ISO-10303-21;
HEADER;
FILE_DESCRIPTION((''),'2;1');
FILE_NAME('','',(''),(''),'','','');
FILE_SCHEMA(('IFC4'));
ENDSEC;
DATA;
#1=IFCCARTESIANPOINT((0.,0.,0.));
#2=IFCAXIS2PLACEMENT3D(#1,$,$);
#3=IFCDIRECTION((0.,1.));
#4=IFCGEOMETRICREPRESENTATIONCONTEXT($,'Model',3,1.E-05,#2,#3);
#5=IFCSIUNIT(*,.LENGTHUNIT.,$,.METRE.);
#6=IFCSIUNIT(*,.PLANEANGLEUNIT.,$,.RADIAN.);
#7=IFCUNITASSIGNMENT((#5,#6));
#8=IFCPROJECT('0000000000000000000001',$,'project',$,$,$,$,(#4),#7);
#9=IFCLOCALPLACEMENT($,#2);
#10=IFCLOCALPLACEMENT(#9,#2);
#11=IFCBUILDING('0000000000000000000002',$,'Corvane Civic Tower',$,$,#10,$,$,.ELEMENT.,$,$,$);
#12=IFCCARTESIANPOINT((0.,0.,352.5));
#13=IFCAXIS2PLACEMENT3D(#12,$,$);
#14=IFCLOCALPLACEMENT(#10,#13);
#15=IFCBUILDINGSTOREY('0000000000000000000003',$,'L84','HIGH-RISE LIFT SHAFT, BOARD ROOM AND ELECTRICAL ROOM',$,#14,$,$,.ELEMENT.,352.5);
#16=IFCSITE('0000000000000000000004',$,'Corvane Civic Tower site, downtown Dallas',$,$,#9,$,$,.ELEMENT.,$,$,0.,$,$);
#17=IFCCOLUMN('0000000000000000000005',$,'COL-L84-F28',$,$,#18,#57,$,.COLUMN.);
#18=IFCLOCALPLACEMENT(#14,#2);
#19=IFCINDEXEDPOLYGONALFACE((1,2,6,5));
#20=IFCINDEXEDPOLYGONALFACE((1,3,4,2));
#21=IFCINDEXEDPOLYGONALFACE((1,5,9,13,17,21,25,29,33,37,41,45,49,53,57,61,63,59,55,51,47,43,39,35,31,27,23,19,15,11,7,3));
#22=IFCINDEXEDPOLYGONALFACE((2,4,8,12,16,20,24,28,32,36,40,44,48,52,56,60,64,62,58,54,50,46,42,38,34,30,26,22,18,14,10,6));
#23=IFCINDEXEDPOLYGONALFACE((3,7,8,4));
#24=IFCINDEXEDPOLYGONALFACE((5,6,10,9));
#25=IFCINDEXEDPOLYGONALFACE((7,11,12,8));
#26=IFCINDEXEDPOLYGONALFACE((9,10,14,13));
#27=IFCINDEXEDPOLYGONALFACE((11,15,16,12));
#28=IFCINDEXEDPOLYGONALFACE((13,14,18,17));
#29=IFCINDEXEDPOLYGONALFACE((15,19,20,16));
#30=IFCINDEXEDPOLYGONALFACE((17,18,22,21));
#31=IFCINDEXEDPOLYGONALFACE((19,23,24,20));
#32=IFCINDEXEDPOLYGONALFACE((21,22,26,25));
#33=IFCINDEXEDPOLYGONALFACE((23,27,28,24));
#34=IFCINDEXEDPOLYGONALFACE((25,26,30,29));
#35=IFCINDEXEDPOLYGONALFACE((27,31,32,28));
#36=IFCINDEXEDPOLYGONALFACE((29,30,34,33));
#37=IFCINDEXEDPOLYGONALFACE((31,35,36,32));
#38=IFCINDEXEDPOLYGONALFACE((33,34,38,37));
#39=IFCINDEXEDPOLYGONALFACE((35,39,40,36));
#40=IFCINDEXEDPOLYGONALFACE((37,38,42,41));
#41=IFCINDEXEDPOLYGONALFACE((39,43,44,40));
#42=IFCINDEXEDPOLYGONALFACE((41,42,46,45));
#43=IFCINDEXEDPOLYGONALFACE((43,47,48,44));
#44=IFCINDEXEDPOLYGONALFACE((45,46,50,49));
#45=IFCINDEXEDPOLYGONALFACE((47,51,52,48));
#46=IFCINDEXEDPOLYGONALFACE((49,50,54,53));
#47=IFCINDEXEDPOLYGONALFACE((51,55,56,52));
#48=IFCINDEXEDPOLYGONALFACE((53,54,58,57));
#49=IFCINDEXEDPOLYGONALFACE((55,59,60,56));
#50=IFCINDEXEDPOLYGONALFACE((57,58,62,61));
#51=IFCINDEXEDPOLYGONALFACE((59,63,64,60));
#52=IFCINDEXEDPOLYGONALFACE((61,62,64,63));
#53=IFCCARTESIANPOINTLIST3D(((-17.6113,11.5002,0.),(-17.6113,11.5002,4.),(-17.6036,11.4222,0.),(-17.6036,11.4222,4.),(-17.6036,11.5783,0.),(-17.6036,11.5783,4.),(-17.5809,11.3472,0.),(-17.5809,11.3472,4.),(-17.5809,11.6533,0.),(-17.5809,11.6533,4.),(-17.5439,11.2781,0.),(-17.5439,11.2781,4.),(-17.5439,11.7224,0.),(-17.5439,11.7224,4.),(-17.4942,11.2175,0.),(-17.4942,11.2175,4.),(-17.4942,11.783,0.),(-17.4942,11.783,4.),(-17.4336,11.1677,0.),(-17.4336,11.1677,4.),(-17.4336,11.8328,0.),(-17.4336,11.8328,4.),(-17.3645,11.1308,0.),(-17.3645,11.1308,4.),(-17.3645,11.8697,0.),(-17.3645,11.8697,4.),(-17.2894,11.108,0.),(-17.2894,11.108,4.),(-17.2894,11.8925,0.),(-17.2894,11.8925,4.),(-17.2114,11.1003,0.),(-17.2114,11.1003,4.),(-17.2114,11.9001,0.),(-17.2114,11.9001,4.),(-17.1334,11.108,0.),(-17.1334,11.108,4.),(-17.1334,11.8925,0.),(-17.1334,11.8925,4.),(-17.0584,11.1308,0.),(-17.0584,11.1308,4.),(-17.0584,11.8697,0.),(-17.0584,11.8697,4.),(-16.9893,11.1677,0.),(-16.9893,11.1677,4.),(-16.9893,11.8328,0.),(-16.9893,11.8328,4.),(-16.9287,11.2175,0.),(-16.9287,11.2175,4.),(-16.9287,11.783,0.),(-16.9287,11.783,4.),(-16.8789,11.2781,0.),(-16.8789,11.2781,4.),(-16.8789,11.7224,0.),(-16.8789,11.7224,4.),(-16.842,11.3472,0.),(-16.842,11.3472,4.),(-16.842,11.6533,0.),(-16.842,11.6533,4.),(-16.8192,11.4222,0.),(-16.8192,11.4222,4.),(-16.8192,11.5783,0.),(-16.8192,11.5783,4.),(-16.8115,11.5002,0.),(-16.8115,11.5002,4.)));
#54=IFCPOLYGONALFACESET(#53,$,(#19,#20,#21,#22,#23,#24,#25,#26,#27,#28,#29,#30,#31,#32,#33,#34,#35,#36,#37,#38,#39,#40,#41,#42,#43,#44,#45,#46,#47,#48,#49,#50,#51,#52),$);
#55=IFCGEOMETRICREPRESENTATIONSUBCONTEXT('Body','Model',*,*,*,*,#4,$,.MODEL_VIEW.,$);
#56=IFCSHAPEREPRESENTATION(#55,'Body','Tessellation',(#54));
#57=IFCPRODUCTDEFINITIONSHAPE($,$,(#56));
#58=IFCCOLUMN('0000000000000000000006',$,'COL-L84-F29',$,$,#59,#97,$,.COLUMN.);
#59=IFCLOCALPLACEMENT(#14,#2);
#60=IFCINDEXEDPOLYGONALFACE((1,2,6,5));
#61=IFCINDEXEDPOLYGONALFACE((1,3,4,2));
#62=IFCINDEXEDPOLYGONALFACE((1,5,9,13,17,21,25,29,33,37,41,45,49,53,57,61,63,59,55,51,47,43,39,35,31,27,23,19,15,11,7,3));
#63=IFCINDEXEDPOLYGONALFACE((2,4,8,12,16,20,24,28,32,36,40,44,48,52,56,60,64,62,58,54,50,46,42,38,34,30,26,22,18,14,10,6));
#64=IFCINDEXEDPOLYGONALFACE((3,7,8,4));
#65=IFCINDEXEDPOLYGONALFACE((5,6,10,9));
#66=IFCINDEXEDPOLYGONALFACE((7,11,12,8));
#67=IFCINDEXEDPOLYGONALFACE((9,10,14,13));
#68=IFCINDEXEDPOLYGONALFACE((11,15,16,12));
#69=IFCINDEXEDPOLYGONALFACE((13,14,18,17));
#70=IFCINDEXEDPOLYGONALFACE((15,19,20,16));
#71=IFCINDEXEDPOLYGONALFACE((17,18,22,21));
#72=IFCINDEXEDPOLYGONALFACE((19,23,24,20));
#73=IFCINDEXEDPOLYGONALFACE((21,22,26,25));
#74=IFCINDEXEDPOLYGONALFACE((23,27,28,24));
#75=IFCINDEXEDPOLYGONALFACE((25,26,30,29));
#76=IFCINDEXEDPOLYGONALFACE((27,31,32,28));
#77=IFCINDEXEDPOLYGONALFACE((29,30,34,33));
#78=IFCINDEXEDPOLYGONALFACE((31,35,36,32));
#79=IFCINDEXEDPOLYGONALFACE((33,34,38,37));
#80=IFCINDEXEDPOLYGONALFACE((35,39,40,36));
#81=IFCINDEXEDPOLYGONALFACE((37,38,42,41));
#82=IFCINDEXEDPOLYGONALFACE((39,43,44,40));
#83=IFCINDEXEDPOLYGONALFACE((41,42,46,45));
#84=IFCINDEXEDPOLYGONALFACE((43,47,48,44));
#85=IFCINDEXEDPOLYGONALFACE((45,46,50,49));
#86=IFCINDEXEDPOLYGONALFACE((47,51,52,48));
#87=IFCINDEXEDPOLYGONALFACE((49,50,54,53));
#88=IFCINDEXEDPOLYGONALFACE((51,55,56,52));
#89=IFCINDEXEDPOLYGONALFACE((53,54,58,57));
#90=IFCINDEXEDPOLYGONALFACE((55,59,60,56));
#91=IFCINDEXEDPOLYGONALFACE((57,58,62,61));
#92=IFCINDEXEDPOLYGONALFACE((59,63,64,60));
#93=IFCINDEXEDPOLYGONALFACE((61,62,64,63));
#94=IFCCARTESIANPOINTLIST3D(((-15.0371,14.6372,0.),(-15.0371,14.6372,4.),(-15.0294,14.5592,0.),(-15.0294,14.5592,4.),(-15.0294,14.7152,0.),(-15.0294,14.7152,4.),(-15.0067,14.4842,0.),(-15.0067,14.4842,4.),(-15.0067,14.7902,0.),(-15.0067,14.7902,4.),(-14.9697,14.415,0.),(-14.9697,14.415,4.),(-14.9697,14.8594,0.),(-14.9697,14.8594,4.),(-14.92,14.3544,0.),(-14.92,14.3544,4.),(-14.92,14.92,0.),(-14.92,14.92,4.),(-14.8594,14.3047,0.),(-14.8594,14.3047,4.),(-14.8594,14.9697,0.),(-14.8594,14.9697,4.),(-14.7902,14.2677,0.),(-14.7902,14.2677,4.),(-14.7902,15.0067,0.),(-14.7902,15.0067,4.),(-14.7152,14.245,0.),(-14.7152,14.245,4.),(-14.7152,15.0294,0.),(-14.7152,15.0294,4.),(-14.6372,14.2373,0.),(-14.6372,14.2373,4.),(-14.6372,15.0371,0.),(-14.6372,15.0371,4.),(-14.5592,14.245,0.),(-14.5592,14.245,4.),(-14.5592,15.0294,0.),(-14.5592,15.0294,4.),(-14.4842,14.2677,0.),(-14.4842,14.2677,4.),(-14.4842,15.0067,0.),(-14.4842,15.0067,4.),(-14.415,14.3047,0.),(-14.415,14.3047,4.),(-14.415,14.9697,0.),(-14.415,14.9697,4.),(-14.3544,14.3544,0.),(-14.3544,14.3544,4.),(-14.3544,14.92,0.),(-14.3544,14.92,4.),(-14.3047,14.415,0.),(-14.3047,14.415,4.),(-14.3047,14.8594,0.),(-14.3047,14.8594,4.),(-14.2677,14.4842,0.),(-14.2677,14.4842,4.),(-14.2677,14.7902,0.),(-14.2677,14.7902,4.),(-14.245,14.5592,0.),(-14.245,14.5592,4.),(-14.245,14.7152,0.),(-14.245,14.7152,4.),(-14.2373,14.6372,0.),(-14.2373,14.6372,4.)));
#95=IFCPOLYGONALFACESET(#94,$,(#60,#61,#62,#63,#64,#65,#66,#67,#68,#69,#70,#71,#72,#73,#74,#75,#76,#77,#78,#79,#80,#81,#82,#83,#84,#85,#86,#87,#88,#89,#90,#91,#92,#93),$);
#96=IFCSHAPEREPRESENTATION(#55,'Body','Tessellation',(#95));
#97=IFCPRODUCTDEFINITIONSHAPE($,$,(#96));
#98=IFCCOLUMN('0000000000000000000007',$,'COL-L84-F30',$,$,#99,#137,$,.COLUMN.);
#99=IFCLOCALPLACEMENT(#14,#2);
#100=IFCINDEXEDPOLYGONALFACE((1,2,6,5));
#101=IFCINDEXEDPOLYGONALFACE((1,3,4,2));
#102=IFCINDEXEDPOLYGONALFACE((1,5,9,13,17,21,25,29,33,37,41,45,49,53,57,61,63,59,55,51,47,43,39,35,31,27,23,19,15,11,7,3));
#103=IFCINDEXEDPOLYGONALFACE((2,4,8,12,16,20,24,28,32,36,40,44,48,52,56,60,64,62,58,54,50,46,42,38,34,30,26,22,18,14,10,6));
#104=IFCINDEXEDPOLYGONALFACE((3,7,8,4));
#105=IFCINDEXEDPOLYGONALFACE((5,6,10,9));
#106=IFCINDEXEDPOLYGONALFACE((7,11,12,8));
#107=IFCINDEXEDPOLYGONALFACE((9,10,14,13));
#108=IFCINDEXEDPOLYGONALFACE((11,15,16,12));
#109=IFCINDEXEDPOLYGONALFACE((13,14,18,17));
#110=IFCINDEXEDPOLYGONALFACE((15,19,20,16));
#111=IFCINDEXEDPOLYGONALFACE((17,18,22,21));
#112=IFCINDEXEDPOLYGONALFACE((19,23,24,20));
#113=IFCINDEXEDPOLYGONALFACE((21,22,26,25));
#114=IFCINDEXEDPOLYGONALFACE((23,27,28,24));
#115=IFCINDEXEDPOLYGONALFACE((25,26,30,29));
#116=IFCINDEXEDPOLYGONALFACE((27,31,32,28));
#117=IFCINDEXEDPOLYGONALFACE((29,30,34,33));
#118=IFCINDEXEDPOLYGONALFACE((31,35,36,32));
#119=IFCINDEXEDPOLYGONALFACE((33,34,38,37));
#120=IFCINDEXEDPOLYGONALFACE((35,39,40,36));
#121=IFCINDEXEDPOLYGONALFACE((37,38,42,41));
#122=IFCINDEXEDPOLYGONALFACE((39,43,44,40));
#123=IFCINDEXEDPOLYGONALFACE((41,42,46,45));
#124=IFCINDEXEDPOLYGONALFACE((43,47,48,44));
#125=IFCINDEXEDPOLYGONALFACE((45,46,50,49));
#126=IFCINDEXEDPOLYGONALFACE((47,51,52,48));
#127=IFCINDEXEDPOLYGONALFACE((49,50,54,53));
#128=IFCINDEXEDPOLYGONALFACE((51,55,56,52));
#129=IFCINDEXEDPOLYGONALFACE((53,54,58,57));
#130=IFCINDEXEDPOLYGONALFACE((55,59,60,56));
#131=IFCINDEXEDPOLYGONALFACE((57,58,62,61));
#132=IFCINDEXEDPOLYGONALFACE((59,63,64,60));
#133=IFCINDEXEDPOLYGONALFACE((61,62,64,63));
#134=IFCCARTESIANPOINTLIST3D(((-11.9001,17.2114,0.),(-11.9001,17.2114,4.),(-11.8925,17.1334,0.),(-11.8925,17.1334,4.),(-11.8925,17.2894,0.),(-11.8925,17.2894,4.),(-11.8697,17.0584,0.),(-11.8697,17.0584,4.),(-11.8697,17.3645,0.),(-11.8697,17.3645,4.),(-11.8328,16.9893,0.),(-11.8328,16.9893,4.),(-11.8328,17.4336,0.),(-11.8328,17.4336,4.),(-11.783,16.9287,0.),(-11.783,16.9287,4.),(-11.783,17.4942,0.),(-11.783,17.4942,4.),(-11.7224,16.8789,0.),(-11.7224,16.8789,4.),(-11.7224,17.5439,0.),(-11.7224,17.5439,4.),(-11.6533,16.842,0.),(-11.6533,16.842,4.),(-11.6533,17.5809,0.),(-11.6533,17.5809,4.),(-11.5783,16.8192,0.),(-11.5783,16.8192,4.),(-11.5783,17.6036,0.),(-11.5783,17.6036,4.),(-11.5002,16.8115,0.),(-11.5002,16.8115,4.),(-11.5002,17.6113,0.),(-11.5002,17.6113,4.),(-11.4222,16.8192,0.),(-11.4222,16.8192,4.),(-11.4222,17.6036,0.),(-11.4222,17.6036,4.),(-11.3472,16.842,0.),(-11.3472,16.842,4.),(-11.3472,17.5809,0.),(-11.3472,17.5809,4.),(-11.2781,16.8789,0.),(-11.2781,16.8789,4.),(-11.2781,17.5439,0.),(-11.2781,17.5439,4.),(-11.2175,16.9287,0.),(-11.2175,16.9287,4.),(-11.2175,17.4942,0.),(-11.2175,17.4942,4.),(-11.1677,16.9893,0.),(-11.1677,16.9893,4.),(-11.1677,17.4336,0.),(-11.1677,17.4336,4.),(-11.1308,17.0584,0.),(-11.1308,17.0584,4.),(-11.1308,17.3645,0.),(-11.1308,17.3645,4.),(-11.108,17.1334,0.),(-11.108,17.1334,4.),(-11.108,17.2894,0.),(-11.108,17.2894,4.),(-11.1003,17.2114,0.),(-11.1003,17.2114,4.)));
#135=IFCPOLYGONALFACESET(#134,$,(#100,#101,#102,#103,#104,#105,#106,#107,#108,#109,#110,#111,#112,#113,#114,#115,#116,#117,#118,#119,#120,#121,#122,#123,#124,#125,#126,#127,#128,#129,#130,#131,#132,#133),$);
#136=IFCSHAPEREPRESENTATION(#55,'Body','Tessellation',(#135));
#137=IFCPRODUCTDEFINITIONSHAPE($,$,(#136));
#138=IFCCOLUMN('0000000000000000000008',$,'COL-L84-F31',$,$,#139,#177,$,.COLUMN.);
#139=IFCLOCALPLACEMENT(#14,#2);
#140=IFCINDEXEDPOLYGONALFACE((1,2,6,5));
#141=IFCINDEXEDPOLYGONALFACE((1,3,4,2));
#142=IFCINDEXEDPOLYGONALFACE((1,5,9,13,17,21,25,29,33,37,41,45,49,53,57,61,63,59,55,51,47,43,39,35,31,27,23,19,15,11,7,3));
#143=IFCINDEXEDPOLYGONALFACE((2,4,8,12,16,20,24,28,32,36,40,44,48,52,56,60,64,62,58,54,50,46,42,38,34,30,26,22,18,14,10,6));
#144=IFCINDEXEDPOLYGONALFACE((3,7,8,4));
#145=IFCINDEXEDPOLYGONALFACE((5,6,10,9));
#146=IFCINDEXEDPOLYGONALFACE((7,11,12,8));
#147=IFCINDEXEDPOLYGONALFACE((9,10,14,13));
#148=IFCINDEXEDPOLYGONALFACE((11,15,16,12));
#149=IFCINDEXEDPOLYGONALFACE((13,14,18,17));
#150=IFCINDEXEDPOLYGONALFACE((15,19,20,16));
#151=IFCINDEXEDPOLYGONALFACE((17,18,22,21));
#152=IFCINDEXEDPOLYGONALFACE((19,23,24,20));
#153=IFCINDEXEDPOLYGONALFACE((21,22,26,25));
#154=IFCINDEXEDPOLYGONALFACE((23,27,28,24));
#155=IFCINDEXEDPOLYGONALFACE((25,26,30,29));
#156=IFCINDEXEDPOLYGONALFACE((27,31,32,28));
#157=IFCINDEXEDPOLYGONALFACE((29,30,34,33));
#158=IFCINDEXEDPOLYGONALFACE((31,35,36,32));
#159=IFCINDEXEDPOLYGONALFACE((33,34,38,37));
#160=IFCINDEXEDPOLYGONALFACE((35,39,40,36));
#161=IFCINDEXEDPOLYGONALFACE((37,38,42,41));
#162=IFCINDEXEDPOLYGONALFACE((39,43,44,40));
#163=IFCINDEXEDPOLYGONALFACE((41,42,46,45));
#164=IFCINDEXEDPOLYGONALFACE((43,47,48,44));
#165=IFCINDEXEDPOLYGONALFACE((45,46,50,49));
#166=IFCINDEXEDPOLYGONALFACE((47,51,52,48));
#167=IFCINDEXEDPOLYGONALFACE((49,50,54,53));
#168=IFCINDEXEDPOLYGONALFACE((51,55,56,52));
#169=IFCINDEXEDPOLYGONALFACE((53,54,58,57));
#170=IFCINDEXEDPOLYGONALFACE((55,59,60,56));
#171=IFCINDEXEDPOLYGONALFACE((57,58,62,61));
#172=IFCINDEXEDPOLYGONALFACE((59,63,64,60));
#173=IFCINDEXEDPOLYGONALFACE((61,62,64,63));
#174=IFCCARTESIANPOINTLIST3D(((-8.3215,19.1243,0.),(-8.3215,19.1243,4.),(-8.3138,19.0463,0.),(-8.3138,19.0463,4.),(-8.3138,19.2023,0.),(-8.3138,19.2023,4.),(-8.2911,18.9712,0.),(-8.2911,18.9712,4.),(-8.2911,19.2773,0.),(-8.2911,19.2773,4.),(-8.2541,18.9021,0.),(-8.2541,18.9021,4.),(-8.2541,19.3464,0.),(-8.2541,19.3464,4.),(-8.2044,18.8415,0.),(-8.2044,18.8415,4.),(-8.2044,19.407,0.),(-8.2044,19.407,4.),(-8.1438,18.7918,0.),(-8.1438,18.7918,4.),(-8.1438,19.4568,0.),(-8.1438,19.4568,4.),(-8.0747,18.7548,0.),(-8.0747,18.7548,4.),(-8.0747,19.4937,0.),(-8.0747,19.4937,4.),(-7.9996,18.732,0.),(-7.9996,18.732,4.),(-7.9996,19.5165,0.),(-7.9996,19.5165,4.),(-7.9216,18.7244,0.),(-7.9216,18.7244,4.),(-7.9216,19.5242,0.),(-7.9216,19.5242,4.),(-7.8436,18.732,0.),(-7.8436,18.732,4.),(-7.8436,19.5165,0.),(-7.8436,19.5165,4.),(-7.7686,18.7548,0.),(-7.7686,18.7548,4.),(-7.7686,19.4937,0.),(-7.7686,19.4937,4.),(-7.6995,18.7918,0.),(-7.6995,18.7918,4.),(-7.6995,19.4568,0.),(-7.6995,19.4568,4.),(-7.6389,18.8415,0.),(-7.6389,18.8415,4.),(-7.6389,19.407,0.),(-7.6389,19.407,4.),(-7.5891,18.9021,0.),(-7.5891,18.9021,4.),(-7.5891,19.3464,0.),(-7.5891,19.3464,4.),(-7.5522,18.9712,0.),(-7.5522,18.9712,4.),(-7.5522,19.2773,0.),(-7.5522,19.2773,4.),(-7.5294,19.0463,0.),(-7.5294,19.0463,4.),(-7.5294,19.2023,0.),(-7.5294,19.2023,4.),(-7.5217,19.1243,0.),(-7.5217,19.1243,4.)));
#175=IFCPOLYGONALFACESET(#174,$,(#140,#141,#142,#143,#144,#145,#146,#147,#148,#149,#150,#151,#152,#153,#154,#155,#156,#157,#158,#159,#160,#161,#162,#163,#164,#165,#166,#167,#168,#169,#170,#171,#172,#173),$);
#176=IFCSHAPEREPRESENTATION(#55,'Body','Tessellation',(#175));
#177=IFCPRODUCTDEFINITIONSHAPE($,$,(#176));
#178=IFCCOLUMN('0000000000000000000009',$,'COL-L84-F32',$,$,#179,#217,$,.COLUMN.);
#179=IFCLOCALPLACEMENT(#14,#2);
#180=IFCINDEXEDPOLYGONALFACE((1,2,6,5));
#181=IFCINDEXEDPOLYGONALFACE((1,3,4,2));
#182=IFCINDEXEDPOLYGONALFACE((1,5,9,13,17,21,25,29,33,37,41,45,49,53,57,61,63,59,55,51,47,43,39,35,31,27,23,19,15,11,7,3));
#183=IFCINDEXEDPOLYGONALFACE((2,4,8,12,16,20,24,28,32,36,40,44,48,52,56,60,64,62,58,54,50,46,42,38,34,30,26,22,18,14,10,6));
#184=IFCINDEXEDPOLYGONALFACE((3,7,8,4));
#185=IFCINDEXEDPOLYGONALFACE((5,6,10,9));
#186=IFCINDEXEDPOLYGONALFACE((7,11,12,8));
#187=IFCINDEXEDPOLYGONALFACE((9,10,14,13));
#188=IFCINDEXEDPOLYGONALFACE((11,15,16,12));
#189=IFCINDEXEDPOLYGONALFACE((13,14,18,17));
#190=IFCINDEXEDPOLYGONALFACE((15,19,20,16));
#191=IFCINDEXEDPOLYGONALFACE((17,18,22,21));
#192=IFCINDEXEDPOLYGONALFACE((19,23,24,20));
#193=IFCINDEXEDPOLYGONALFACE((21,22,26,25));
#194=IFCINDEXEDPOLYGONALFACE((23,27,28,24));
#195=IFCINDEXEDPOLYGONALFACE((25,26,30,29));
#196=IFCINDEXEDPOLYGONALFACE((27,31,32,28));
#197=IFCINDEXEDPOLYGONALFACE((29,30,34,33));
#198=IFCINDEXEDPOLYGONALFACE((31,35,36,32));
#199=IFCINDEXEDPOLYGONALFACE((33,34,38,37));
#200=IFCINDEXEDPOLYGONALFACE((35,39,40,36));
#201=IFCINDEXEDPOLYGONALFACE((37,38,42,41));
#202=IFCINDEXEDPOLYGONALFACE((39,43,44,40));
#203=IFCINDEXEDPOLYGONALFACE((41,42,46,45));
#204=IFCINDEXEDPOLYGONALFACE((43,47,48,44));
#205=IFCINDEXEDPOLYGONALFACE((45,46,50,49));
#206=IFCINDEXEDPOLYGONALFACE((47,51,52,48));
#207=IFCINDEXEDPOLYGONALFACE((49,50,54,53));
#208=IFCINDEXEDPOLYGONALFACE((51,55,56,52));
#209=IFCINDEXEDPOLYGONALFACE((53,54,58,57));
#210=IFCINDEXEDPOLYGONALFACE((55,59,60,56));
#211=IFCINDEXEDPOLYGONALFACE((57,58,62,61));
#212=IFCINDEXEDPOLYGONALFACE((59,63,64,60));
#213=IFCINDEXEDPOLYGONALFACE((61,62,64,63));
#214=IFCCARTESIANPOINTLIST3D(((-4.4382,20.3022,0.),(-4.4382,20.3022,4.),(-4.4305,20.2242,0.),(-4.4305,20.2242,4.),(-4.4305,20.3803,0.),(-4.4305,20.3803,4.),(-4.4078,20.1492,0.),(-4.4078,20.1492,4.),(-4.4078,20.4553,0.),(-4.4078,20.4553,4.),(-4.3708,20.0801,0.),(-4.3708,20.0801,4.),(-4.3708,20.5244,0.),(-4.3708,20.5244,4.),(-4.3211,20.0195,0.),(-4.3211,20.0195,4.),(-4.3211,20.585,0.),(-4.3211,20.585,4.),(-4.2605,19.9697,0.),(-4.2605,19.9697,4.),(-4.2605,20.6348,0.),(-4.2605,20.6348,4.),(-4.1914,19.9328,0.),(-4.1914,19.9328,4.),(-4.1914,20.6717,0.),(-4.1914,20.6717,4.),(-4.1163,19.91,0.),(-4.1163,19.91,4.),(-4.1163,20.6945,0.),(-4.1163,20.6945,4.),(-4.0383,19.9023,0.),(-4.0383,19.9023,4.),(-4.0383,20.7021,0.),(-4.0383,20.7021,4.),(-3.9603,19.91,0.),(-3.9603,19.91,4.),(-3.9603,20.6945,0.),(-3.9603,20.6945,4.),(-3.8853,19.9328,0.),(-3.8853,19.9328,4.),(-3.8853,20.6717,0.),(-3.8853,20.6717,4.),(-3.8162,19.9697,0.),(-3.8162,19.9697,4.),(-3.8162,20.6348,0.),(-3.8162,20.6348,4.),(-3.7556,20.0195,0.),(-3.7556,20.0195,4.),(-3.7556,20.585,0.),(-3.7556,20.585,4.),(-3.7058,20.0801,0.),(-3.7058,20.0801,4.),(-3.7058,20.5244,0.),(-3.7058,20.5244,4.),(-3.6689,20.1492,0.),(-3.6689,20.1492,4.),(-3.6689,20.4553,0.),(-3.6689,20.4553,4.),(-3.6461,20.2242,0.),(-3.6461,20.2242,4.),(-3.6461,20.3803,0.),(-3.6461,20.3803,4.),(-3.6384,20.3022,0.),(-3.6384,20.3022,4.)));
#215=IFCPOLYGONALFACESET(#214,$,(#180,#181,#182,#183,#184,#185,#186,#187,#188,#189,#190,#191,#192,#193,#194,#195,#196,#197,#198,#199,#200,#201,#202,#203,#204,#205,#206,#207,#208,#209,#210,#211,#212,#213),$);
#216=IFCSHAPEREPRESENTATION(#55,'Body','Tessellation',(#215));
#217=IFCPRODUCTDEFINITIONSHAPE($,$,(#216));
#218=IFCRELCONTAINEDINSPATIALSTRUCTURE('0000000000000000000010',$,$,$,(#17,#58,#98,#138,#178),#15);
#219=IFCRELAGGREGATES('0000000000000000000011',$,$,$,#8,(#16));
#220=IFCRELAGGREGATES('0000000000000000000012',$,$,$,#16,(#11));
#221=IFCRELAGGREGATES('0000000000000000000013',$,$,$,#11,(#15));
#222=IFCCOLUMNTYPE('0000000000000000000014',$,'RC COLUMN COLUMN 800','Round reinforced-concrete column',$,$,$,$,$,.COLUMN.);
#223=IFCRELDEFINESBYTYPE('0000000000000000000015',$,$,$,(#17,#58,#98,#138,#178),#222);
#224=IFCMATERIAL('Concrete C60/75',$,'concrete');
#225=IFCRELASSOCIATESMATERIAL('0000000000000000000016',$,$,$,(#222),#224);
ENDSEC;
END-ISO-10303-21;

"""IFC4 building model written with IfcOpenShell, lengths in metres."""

from ifc_helpers import new_model, si_unit, direction, frame, origin, origin_2d, place, context, subcontext, project, spatial, circle, extrude, material, material_profile, profile_set, type_object, element, save


model = new_model("IFC4")

# Units and contexts
model_context = context("Model", 3, precision=1e-05, world=origin(), true_north=direction((0.0, 1.0)))
body_context = subcontext(model_context, "Body", "Model", "MODEL_VIEW")
ifc_project = project(units=[si_unit("LENGTHUNIT", "METRE"), si_unit("PLANEANGLEUNIT", "RADIAN")], contexts=[model_context])

# Site, building, storey
site_placement = place(None, origin())
site = spatial("IfcSite", under=ifc_project, at=site_placement, Name="Corvane Civic Tower site, downtown Dallas", CompositionType="ELEMENT", RefElevation=0.0)
building_placement = place(site_placement, origin())
building = spatial("IfcBuilding", under=site, at=building_placement, Name="Corvane Civic Tower", CompositionType="ELEMENT")
storey_placement = place(building_placement, frame((0.0, 0.0, 352.5)))
storey = spatial("IfcBuildingStorey", under=building, at=storey_placement, Name="L84", Description="HIGH-RISE LIFT SHAFT, BOARD ROOM AND ELECTRICAL ROOM", CompositionType="ELEMENT", Elevation=352.5)

# Columns
ifc_material_1 = material(Name="Concrete C60/75", Category="concrete")
ifc_material_profile_1 = material_profile(ifc_material_1, circle(Radius=0.3999, at=origin_2d()), Name="COLUMN 800")
ifc_profile_set_1 = profile_set([ifc_material_profile_1], Name="Concrete C60/75")
column_type = type_object("IfcColumnType", Name="RC COLUMN COLUMN 800", Description="Round reinforced-concrete column", PredefinedType="COLUMN", material=ifc_profile_set_1)
for number, where, z_axis, x_axis, name in (
    (1, (-17.2114, 11.5002, 0.0), (0.0, 0.0, 1.0), (1.0, 0.0, 0.0), "COL-L84-F28"),
    (2, (-14.6372, 14.6372, 0.0), (0.0, 0.0, 1.0), (1.0, 0.0, 0.0), "COL-L84-F29"),
    (3, (-11.5002, 17.2114, 0.0), (0.0, 0.0, 1.0), (1.0, 0.0, 0.0), "COL-L84-F30"),
    (4, (-7.9216, 19.1243, 0.0), (0.0, 0.0, 1.0), (1.0, 0.0, 0.0), "COL-L84-F31"),
    (5, (-4.0383, 20.3022, 0.0), (0.0, 0.0, 1.0), (1.0, 0.0, 0.0), "COL-L84-F32"),
):
    element("IfcColumn", number, at=place(storey_placement, frame(where, z_axis=z_axis, x_axis=x_axis)), inside=storey, type_object=column_type, Name=name, PredefinedType="COLUMN", context=body_context, shape_type="SweptSolid", body=[
        extrude(circle(Radius=0.3999, at=origin_2d()), origin(), (0.0, 0.0, 1.0), 4.0),
    ])

save(model, "model.ifc")
